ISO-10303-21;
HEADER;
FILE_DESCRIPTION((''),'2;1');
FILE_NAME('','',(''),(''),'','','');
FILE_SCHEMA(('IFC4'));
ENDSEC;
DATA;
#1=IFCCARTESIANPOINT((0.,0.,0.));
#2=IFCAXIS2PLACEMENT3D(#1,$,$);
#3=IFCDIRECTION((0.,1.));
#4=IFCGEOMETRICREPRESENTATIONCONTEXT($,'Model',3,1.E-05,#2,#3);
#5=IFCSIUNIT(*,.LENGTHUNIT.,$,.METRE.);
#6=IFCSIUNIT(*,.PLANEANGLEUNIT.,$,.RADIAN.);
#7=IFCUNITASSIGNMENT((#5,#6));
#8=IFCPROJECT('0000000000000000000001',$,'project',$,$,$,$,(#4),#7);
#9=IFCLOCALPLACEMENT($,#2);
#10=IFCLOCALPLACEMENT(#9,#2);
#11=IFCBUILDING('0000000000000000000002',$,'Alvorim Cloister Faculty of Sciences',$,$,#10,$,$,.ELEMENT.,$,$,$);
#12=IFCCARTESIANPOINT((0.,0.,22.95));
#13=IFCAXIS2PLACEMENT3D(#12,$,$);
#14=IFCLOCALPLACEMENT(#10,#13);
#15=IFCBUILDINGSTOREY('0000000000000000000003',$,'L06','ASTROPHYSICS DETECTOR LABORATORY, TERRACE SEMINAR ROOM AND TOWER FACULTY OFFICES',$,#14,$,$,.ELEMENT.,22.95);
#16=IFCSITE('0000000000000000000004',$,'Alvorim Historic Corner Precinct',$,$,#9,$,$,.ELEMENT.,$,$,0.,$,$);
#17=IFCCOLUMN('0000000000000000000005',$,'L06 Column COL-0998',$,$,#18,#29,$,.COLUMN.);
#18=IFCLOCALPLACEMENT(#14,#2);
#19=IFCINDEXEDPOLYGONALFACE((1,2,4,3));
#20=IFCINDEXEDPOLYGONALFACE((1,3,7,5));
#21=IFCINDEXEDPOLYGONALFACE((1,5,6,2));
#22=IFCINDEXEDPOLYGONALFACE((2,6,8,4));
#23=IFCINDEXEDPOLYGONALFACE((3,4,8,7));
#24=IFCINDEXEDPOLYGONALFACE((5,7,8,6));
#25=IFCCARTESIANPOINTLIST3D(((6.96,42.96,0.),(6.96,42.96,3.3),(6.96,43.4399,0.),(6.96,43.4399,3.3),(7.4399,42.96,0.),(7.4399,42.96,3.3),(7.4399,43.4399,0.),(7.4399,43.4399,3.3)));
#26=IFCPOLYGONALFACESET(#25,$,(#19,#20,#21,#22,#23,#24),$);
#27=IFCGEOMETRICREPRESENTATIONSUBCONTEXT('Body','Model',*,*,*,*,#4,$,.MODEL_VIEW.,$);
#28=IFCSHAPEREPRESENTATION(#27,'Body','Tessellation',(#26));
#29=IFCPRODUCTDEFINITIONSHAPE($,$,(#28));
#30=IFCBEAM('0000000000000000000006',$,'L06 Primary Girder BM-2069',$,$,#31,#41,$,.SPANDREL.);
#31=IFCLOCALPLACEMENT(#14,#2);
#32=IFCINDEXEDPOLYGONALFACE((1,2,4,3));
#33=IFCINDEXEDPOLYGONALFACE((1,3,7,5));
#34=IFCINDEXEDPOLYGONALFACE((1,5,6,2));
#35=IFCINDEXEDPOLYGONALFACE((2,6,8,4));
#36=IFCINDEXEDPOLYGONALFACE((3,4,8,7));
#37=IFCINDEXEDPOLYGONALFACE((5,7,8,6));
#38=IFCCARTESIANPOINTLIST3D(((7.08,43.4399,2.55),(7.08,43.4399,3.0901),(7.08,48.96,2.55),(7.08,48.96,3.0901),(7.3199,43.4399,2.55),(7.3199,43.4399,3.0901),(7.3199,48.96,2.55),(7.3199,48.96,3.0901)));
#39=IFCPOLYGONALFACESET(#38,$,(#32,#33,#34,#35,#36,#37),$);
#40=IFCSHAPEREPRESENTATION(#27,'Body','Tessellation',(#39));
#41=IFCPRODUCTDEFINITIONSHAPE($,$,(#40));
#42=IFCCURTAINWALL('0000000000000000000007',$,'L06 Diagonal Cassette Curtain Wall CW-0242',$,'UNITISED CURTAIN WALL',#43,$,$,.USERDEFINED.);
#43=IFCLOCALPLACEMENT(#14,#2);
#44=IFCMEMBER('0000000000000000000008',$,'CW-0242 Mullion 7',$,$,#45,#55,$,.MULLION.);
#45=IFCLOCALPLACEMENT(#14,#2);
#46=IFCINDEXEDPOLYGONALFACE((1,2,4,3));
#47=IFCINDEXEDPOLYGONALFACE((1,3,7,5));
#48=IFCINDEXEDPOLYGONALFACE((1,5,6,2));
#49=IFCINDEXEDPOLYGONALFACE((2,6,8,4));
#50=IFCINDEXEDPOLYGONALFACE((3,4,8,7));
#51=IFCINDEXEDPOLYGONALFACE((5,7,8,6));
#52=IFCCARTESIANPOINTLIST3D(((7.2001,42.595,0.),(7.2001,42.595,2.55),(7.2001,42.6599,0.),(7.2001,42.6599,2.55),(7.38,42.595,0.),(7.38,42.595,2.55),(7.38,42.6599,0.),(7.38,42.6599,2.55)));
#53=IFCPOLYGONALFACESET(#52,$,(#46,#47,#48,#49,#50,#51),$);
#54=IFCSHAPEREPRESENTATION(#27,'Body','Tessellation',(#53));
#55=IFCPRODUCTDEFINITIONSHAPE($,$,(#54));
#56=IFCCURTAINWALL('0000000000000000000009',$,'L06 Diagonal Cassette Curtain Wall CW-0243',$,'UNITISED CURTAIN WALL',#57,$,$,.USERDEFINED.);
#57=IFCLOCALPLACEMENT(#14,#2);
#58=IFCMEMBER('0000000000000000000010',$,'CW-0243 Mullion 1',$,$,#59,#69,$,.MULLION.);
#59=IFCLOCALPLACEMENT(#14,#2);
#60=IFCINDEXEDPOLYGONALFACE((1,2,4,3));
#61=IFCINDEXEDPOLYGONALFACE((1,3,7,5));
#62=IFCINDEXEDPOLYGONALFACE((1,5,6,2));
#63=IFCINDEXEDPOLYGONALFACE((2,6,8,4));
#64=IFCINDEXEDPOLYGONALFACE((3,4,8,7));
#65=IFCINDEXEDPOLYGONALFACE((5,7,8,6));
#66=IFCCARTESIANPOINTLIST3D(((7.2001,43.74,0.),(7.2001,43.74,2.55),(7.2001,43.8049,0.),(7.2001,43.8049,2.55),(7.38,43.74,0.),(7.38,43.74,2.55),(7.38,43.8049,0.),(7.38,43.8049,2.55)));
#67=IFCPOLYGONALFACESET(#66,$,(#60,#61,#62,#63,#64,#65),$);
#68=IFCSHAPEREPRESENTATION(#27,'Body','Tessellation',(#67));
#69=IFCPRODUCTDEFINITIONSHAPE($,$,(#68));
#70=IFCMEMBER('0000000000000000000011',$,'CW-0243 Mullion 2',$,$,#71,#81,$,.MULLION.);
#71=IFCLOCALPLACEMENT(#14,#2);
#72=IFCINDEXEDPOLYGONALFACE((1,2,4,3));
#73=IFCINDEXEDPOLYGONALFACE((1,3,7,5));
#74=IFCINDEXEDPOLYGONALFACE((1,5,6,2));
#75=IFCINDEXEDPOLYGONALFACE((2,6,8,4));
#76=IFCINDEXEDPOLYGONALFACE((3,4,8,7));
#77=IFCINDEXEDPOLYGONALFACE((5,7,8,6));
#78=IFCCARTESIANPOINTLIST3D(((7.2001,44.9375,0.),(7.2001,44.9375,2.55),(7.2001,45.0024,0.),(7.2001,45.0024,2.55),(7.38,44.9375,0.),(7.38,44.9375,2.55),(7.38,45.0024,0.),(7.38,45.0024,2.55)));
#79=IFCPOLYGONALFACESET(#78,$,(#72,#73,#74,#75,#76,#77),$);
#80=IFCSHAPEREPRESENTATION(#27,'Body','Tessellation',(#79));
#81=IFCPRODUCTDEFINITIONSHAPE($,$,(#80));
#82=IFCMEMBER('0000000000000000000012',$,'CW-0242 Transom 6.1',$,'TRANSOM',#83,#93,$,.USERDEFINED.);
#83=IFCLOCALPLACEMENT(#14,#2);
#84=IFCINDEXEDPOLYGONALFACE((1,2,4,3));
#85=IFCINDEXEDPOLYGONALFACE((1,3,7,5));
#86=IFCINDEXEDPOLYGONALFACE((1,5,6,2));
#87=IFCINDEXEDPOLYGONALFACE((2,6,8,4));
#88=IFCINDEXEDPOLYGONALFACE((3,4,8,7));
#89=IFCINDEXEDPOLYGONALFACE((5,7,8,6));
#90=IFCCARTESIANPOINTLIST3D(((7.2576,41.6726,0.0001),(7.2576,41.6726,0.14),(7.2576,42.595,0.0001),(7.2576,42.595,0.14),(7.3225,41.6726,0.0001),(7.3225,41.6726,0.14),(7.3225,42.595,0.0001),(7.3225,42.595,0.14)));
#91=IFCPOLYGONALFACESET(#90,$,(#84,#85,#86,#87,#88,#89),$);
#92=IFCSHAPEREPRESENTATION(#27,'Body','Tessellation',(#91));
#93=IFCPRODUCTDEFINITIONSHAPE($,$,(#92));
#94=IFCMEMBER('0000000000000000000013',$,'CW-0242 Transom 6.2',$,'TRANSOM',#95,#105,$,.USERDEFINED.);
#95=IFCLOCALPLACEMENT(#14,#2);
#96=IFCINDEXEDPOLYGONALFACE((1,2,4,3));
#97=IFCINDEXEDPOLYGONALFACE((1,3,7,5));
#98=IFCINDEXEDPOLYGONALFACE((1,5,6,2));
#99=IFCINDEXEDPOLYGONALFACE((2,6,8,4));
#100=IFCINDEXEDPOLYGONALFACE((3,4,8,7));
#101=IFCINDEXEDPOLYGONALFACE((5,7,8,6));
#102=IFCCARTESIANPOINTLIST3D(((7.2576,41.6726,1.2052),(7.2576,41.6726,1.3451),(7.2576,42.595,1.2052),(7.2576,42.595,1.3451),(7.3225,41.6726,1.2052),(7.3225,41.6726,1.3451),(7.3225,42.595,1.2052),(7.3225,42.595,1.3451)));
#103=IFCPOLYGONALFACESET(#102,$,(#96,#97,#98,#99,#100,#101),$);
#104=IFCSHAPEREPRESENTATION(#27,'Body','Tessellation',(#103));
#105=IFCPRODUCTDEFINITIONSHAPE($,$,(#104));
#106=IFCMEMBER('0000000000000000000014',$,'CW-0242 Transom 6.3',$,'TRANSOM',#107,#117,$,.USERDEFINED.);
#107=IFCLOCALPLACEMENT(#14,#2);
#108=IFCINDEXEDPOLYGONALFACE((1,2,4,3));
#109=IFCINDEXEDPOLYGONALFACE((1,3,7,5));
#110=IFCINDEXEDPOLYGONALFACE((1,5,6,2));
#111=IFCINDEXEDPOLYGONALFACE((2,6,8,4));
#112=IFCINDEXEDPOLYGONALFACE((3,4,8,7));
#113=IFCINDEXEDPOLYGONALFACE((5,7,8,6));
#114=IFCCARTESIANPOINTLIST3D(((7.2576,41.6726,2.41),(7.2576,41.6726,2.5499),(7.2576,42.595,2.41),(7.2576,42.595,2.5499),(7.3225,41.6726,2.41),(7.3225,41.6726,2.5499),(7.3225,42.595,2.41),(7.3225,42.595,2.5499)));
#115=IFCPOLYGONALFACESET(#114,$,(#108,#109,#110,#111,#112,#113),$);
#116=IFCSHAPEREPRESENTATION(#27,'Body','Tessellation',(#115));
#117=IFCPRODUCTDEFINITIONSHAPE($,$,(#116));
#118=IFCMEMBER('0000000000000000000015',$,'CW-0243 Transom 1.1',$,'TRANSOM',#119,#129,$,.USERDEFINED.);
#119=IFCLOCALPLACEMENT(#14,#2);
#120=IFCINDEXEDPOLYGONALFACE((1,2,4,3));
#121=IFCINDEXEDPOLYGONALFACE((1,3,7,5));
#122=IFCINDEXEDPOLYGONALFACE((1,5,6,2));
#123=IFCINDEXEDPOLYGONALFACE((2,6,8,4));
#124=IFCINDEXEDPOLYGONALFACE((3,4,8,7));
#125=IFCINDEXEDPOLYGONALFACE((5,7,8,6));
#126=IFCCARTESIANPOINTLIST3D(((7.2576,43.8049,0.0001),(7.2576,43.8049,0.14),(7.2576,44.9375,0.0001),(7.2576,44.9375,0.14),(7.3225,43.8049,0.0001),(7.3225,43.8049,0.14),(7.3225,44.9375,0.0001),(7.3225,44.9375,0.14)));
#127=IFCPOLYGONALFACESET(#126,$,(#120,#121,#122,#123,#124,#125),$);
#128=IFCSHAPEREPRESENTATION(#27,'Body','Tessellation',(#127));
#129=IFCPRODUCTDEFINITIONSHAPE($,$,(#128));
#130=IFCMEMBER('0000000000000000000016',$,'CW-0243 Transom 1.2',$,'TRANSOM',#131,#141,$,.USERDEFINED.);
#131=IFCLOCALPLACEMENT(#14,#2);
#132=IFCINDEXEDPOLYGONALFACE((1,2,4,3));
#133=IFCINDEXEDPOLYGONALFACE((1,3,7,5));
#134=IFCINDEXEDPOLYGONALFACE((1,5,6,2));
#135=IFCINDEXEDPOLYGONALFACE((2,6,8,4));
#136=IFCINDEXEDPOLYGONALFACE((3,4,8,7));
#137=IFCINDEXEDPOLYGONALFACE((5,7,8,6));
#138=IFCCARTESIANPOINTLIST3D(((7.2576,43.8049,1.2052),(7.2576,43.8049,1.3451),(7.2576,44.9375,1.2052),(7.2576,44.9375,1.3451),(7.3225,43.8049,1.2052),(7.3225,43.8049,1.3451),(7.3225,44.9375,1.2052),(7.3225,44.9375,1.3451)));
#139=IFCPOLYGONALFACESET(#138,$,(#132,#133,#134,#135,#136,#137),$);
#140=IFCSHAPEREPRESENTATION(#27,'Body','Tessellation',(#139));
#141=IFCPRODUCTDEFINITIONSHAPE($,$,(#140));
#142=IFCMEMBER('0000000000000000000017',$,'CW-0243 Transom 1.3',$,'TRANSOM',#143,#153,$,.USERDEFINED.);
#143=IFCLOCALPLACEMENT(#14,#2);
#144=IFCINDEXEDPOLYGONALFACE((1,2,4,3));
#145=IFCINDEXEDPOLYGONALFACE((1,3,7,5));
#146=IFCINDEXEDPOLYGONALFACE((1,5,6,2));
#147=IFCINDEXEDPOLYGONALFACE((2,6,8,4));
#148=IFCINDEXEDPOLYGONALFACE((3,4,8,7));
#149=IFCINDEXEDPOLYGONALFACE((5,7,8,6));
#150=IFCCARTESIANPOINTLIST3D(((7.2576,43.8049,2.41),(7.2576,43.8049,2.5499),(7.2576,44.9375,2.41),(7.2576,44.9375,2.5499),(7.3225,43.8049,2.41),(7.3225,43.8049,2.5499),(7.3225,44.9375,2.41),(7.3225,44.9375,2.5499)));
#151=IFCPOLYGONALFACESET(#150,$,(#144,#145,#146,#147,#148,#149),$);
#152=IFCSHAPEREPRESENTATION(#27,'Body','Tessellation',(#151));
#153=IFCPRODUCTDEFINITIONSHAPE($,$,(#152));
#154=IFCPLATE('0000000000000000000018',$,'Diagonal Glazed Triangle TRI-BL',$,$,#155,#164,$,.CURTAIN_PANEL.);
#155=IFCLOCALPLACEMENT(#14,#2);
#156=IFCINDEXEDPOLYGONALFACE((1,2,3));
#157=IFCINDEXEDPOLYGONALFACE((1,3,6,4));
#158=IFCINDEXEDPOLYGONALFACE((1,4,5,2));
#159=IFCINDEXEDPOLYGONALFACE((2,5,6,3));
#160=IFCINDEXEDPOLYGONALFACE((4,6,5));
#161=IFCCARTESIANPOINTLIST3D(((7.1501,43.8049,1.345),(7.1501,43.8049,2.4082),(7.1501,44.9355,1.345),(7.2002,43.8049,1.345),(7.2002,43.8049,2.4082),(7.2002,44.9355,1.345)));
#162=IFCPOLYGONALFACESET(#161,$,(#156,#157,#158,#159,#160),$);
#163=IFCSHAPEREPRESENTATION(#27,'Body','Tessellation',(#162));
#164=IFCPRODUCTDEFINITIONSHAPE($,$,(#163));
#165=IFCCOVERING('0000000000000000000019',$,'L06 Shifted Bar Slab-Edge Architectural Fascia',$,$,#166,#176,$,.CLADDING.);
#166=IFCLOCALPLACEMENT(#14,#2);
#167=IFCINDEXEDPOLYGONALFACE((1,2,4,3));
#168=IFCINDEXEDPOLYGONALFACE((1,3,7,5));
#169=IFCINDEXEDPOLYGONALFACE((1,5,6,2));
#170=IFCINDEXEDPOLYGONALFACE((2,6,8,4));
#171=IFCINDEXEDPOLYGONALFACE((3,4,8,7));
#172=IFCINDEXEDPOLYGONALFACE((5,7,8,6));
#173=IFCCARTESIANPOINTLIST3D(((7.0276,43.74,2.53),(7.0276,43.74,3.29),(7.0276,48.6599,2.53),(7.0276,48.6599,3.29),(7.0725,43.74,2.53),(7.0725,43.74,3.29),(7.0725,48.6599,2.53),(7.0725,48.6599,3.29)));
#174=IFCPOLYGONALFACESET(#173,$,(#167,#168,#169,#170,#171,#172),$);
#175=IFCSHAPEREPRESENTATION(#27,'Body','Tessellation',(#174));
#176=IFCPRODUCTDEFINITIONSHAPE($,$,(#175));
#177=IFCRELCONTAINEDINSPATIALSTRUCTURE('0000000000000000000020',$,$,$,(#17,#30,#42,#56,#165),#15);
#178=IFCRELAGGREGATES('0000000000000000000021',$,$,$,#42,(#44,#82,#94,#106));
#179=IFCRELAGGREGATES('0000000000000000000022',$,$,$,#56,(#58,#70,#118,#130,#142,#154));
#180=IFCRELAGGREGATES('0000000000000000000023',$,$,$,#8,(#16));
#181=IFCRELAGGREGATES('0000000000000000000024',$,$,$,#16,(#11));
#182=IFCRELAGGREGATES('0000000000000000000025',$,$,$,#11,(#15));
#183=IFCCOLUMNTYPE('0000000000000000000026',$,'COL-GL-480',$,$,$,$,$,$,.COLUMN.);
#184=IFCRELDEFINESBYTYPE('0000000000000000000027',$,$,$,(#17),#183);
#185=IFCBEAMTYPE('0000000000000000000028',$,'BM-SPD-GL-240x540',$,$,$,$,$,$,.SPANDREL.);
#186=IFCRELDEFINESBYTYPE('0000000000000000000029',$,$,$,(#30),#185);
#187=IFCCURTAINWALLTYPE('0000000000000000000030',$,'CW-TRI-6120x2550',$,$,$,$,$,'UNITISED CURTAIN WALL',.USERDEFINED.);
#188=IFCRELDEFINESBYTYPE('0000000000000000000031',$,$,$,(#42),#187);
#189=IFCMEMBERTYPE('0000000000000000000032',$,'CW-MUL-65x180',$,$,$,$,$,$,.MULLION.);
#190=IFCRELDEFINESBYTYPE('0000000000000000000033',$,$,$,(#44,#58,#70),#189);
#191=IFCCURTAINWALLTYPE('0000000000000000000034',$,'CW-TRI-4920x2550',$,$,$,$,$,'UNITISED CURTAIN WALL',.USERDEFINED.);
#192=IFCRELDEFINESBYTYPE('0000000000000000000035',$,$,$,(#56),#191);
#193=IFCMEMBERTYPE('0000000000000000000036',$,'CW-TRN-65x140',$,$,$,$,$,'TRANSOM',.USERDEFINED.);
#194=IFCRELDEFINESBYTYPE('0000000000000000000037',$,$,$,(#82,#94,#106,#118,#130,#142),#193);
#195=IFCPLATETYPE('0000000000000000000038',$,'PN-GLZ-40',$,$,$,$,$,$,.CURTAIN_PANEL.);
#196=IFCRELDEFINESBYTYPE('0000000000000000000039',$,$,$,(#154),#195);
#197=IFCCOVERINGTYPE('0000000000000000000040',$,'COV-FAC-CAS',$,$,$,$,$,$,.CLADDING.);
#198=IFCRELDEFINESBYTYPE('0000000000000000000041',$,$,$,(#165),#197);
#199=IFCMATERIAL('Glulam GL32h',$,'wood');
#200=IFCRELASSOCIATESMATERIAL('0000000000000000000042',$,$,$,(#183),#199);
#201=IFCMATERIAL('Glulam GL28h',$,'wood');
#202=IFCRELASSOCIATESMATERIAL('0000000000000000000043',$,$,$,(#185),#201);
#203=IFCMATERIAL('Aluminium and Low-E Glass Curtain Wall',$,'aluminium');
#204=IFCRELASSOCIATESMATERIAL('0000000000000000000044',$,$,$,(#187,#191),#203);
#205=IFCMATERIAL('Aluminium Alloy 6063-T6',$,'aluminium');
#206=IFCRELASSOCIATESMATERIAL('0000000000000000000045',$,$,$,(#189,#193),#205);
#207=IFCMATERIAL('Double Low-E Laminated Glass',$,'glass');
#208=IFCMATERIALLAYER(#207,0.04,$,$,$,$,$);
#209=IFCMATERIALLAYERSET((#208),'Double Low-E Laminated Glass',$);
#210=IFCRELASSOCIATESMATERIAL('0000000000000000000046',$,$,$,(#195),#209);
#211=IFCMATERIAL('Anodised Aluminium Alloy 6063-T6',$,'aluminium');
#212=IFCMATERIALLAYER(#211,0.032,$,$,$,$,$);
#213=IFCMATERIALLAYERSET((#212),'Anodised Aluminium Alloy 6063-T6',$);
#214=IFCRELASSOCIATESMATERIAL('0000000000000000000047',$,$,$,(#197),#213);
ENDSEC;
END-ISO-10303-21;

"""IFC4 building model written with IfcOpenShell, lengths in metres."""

from ifc_helpers import new_model, si_unit, direction, frame, origin, origin_2d, place, context, subcontext, project, spatial, polyline, rectangle, outline, extrude, material, layer, layer_set, material_profile, profile_set, type_object, element, aggregate, save


model = new_model("IFC4")

# Units and contexts
model_context = context("Model", 3, precision=1e-05, world=origin(), true_north=direction((0.0, 1.0)))
body_context = subcontext(model_context, "Body", "Model", "MODEL_VIEW")
ifc_project = project(units=[si_unit("LENGTHUNIT", "METRE"), si_unit("PLANEANGLEUNIT", "RADIAN")], contexts=[model_context])

# Site, building, storey
site_placement = place(None, origin())
site = spatial("IfcSite", under=ifc_project, at=site_placement, Name="Alvorim Historic Corner Precinct", CompositionType="ELEMENT", RefElevation=0.0)
building_placement = place(site_placement, origin())
building = spatial("IfcBuilding", under=site, at=building_placement, Name="Alvorim Cloister Faculty of Sciences", CompositionType="ELEMENT")
storey_placement = place(building_placement, frame((0.0, 0.0, 22.95)))
storey = spatial("IfcBuildingStorey", under=building, at=storey_placement, Name="L06", Description="ASTROPHYSICS DETECTOR LABORATORY, TERRACE SEMINAR ROOM AND TOWER FACULTY OFFICES", CompositionType="ELEMENT", Elevation=22.95)

# Column
ifc_material_1 = material(Name="Glulam GL32h", Category="wood")
ifc_material_profile_1 = material_profile(ifc_material_1, rectangle(XDim=0.48, YDim=0.48, at=origin_2d()), Name="GL32-COL-480x480")
ifc_profile_set_1 = profile_set([ifc_material_profile_1], Name="Glulam GL32h")
column_type = type_object("IfcColumnType", Name="COL-GL-480", PredefinedType="COLUMN", material=ifc_profile_set_1)
column_placement = place(storey_placement, frame((7.2, 43.2, 0.0), z_axis=(0.0, 0.0, 1.0), x_axis=(1.0, 0.0, 0.0)))
element("IfcColumn", 1, at=column_placement, inside=storey, type_object=column_type, Name="L06 Column COL-0998", PredefinedType="COLUMN", context=body_context, shape_type="SweptSolid", body=[
    extrude(rectangle(XDim=0.48, YDim=0.48, at=origin_2d()), origin(), (0.0, 0.0, 1.0), 3.3),
])

# Beam
ifc_material_2 = material(Name="Glulam GL28h", Category="wood")
ifc_material_profile_2 = material_profile(ifc_material_2, rectangle(XDim=0.24, YDim=0.54, at=origin_2d()), Name="GL28-SPD-240x540")
ifc_profile_set_2 = profile_set([ifc_material_profile_2], Name="Glulam GL28h")
beam_type = type_object("IfcBeamType", Name="BM-SPD-GL-240x540", PredefinedType="SPANDREL", material=ifc_profile_set_2)
beam_placement = place(storey_placement, frame((7.2, 43.4399, 2.8201), z_axis=(0.0, 1.0, 0.0), x_axis=(-1.0, 0.0, 0.0)))
element("IfcBeam", 2, at=beam_placement, inside=storey, type_object=beam_type, Name="L06 Primary Girder BM-2069", PredefinedType="SPANDREL", context=body_context, shape_type="SweptSolid", body=[
    extrude(rectangle(XDim=0.24, YDim=0.54, at=origin_2d()), origin(), (0.0, 0.0, 1.0), 5.52),
])

# Curtain wall, member
ifc_material_3 = material(Name="Aluminium and Low-E Glass Curtain Wall", Category="aluminium")
curtain_wall_type_1 = type_object("IfcCurtainWallType", Name="CW-TRI-6120x2550", ElementType="UNITISED CURTAIN WALL", PredefinedType="USERDEFINED", material=ifc_material_3)
curtain_wall_1_placement = place(storey_placement, origin())
curtain_wall_1 = element("IfcCurtainWall", 3, at=curtain_wall_1_placement, inside=storey, type_object=curtain_wall_type_1, Name="L06 Diagonal Cassette Curtain Wall CW-0242", ObjectType="UNITISED CURTAIN WALL", PredefinedType="USERDEFINED")
ifc_material_4 = material(Name="Aluminium Alloy 6063-T6", Category="aluminium")
ifc_material_profile_3 = material_profile(ifc_material_4, rectangle(XDim=0.0649, YDim=0.1799, at=origin_2d()), Name="ALU-MUL-65x180")
ifc_profile_set_3 = profile_set([ifc_material_profile_3], Name="Aluminium Alloy 6063-T6")
member_type_1 = type_object("IfcMemberType", Name="CW-MUL-65x180", PredefinedType="MULLION", material=ifc_profile_set_3)
member_1_placement = place(storey_placement, frame((7.29, 42.6274, 0.0), z_axis=(0.0, 0.0, 1.0), x_axis=(0.0, 1.0, 0.0)))
member_1 = element("IfcMember", 4, at=member_1_placement, type_object=member_type_1, Name="CW-0242 Mullion 7", PredefinedType="MULLION", context=body_context, shape_type="SweptSolid", body=[
    extrude(rectangle(XDim=0.0649, YDim=0.1799, at=origin_2d()), origin(), (0.0, 0.0, 1.0), 2.55),
])

# Curtain wall, members
curtain_wall_type_2 = type_object("IfcCurtainWallType", Name="CW-TRI-4920x2550", ElementType="UNITISED CURTAIN WALL", PredefinedType="USERDEFINED", material=ifc_material_3)
curtain_wall_2_placement = place(storey_placement, origin())
curtain_wall_2 = element("IfcCurtainWall", 5, at=curtain_wall_2_placement, inside=storey, type_object=curtain_wall_type_2, Name="L06 Diagonal Cassette Curtain Wall CW-0243", ObjectType="UNITISED CURTAIN WALL", PredefinedType="USERDEFINED")
member_2_placement = place(storey_placement, frame((7.29, 43.7725, 0.0), z_axis=(0.0, 0.0, 1.0), x_axis=(0.0, 1.0, 0.0)))
member_2 = element("IfcMember", 6, at=member_2_placement, type_object=member_type_1, Name="CW-0243 Mullion 1", PredefinedType="MULLION", context=body_context, shape_type="SweptSolid", body=[
    extrude(rectangle(XDim=0.0649, YDim=0.1799, at=origin_2d()), origin(), (0.0, 0.0, 1.0), 2.55),
])
member_3_placement = place(storey_placement, frame((7.29, 44.97, 0.0), z_axis=(0.0, 0.0, 1.0), x_axis=(0.0, 1.0, 0.0)))
member_3 = element("IfcMember", 7, at=member_3_placement, type_object=member_type_1, Name="CW-0243 Mullion 2", PredefinedType="MULLION", context=body_context, shape_type="SweptSolid", body=[
    extrude(rectangle(XDim=0.0649, YDim=0.1799, at=origin_2d()), origin(), (0.0, 0.0, 1.0), 2.55),
])

# Members
ifc_material_profile_4 = material_profile(ifc_material_4, rectangle(XDim=0.0649, YDim=0.1399, at=origin_2d()), Name="ALU-TRN-65x140")
ifc_profile_set_4 = profile_set([ifc_material_profile_4], Name="Aluminium Alloy 6063-T6")
member_type_2 = type_object("IfcMemberType", Name="CW-TRN-65x140", ElementType="TRANSOM", PredefinedType="USERDEFINED", material=ifc_profile_set_4)
member_4_placement = place(storey_placement, frame((7.29, 41.6726, 0.0701), z_axis=(0.0, 1.0, 0.0), x_axis=(-1.0, 0.0, 0.0)))
member_4 = element("IfcMember", 8, at=member_4_placement, type_object=member_type_2, Name="CW-0242 Transom 6.1", ObjectType="TRANSOM", PredefinedType="USERDEFINED", context=body_context, shape_type="SweptSolid", body=[
    extrude(rectangle(XDim=0.0649, YDim=0.1399, at=origin_2d()), origin(), (0.0, 0.0, 1.0), 0.9224),
])
member_5_placement = place(storey_placement, frame((7.29, 41.6726, 1.2751), z_axis=(0.0, 1.0, 0.0), x_axis=(-1.0, 0.0, 0.0)))
member_5 = element("IfcMember", 9, at=member_5_placement, type_object=member_type_2, Name="CW-0242 Transom 6.2", ObjectType="TRANSOM", PredefinedType="USERDEFINED", context=body_context, shape_type="SweptSolid", body=[
    extrude(rectangle(XDim=0.0649, YDim=0.1399, at=origin_2d()), origin(), (0.0, 0.0, 1.0), 0.9224),
])
member_6_placement = place(storey_placement, frame((7.29, 41.6726, 2.48), z_axis=(0.0, 1.0, 0.0), x_axis=(-1.0, 0.0, 0.0)))
member_6 = element("IfcMember", 10, at=member_6_placement, type_object=member_type_2, Name="CW-0242 Transom 6.3", ObjectType="TRANSOM", PredefinedType="USERDEFINED", context=body_context, shape_type="SweptSolid", body=[
    extrude(rectangle(XDim=0.0649, YDim=0.1399, at=origin_2d()), origin(), (0.0, 0.0, 1.0), 0.9224),
])
member_7_placement = place(storey_placement, frame((7.29, 43.8049, 0.0701), z_axis=(0.0, 1.0, 0.0), x_axis=(-1.0, 0.0, 0.0)))
member_7 = element("IfcMember", 11, at=member_7_placement, type_object=member_type_2, Name="CW-0243 Transom 1.1", ObjectType="TRANSOM", PredefinedType="USERDEFINED", context=body_context, shape_type="SweptSolid", body=[
    extrude(rectangle(XDim=0.0649, YDim=0.1399, at=origin_2d()), origin(), (0.0, 0.0, 1.0), 1.1326),
])
member_8_placement = place(storey_placement, frame((7.29, 43.8049, 1.2751), z_axis=(0.0, 1.0, 0.0), x_axis=(-1.0, 0.0, 0.0)))
member_8 = element("IfcMember", 12, at=member_8_placement, type_object=member_type_2, Name="CW-0243 Transom 1.2", ObjectType="TRANSOM", PredefinedType="USERDEFINED", context=body_context, shape_type="SweptSolid", body=[
    extrude(rectangle(XDim=0.0649, YDim=0.1399, at=origin_2d()), origin(), (0.0, 0.0, 1.0), 1.1326),
])
member_9_placement = place(storey_placement, frame((7.29, 43.8049, 2.48), z_axis=(0.0, 1.0, 0.0), x_axis=(-1.0, 0.0, 0.0)))
member_9 = element("IfcMember", 13, at=member_9_placement, type_object=member_type_2, Name="CW-0243 Transom 1.3", ObjectType="TRANSOM", PredefinedType="USERDEFINED", context=body_context, shape_type="SweptSolid", body=[
    extrude(rectangle(XDim=0.0649, YDim=0.1399, at=origin_2d()), origin(), (0.0, 0.0, 1.0), 1.1326),
])

# Plate
ifc_material_5 = material(Name="Double Low-E Laminated Glass", Category="glass")
ifc_layer_1 = layer(ifc_material_5, 0.04)
ifc_layer_set_1 = layer_set([ifc_layer_1], Name="Double Low-E Laminated Glass")
plate_type = type_object("IfcPlateType", Name="PN-GLZ-40", PredefinedType="CURTAIN_PANEL", material=ifc_layer_set_1)
aggregate(curtain_wall_1, [member_1, member_4, member_5, member_6])
plate_1_placement = place(storey_placement, frame((7.175, 43.8049, 1.345), z_axis=(0.0, 0.0, 1.0), x_axis=(0.0, 1.0, 0.0)))
plate_1 = element("IfcPlate", 14, at=plate_1_placement, type_object=plate_type, Name="Diagonal Glazed Triangle TRI-BL", PredefinedType="CURTAIN_PANEL", context=body_context, shape_type="SweptSolid", body=[
    extrude(outline(polyline([(0.0, 0.0), (1.1306, 0.0), (0.0, 1.0632), (0.0, 0.0)])), frame((0.0, 0.0249, 0.0), z_axis=(0.0, -1.0, 0.0), x_axis=(1.0, 0.0, 0.0)), (0.0, 0.0, 1.0), 0.05),
])
aggregate(curtain_wall_2, [member_2, member_3, member_7, member_8, member_9, plate_1])

# Covering
ifc_material_6 = material(Name="Anodised Aluminium Alloy 6063-T6", Category="aluminium")
ifc_layer_2 = layer(ifc_material_6, 0.032)
ifc_layer_set_2 = layer_set([ifc_layer_2], Name="Anodised Aluminium Alloy 6063-T6")
covering_type = type_object("IfcCoveringType", Name="COV-FAC-CAS", PredefinedType="CLADDING", material=ifc_layer_set_2)
covering_placement = place(storey_placement, frame((7.05, 43.74, 2.53), z_axis=(0.0, 0.0, 1.0), x_axis=(0.0, 1.0, 0.0)))
element("IfcCovering", 15, at=covering_placement, inside=storey, type_object=covering_type, Name="L06 Shifted Bar Slab-Edge Architectural Fascia", PredefinedType="CLADDING", context=body_context, shape_type="SweptSolid", body=[
    extrude(outline(polyline([(0.0, 0.0), (4.9199, 0.0), (4.9199, 0.76), (0.0, 0.76), (0.0, 0.0)])), frame((0.0, 0.0225, 0.0), z_axis=(0.0, -1.0, 0.0), x_axis=(1.0, 0.0, 0.0)), (0.0, 0.0, 1.0), 0.0449),
])

save(model, "model.ifc")
